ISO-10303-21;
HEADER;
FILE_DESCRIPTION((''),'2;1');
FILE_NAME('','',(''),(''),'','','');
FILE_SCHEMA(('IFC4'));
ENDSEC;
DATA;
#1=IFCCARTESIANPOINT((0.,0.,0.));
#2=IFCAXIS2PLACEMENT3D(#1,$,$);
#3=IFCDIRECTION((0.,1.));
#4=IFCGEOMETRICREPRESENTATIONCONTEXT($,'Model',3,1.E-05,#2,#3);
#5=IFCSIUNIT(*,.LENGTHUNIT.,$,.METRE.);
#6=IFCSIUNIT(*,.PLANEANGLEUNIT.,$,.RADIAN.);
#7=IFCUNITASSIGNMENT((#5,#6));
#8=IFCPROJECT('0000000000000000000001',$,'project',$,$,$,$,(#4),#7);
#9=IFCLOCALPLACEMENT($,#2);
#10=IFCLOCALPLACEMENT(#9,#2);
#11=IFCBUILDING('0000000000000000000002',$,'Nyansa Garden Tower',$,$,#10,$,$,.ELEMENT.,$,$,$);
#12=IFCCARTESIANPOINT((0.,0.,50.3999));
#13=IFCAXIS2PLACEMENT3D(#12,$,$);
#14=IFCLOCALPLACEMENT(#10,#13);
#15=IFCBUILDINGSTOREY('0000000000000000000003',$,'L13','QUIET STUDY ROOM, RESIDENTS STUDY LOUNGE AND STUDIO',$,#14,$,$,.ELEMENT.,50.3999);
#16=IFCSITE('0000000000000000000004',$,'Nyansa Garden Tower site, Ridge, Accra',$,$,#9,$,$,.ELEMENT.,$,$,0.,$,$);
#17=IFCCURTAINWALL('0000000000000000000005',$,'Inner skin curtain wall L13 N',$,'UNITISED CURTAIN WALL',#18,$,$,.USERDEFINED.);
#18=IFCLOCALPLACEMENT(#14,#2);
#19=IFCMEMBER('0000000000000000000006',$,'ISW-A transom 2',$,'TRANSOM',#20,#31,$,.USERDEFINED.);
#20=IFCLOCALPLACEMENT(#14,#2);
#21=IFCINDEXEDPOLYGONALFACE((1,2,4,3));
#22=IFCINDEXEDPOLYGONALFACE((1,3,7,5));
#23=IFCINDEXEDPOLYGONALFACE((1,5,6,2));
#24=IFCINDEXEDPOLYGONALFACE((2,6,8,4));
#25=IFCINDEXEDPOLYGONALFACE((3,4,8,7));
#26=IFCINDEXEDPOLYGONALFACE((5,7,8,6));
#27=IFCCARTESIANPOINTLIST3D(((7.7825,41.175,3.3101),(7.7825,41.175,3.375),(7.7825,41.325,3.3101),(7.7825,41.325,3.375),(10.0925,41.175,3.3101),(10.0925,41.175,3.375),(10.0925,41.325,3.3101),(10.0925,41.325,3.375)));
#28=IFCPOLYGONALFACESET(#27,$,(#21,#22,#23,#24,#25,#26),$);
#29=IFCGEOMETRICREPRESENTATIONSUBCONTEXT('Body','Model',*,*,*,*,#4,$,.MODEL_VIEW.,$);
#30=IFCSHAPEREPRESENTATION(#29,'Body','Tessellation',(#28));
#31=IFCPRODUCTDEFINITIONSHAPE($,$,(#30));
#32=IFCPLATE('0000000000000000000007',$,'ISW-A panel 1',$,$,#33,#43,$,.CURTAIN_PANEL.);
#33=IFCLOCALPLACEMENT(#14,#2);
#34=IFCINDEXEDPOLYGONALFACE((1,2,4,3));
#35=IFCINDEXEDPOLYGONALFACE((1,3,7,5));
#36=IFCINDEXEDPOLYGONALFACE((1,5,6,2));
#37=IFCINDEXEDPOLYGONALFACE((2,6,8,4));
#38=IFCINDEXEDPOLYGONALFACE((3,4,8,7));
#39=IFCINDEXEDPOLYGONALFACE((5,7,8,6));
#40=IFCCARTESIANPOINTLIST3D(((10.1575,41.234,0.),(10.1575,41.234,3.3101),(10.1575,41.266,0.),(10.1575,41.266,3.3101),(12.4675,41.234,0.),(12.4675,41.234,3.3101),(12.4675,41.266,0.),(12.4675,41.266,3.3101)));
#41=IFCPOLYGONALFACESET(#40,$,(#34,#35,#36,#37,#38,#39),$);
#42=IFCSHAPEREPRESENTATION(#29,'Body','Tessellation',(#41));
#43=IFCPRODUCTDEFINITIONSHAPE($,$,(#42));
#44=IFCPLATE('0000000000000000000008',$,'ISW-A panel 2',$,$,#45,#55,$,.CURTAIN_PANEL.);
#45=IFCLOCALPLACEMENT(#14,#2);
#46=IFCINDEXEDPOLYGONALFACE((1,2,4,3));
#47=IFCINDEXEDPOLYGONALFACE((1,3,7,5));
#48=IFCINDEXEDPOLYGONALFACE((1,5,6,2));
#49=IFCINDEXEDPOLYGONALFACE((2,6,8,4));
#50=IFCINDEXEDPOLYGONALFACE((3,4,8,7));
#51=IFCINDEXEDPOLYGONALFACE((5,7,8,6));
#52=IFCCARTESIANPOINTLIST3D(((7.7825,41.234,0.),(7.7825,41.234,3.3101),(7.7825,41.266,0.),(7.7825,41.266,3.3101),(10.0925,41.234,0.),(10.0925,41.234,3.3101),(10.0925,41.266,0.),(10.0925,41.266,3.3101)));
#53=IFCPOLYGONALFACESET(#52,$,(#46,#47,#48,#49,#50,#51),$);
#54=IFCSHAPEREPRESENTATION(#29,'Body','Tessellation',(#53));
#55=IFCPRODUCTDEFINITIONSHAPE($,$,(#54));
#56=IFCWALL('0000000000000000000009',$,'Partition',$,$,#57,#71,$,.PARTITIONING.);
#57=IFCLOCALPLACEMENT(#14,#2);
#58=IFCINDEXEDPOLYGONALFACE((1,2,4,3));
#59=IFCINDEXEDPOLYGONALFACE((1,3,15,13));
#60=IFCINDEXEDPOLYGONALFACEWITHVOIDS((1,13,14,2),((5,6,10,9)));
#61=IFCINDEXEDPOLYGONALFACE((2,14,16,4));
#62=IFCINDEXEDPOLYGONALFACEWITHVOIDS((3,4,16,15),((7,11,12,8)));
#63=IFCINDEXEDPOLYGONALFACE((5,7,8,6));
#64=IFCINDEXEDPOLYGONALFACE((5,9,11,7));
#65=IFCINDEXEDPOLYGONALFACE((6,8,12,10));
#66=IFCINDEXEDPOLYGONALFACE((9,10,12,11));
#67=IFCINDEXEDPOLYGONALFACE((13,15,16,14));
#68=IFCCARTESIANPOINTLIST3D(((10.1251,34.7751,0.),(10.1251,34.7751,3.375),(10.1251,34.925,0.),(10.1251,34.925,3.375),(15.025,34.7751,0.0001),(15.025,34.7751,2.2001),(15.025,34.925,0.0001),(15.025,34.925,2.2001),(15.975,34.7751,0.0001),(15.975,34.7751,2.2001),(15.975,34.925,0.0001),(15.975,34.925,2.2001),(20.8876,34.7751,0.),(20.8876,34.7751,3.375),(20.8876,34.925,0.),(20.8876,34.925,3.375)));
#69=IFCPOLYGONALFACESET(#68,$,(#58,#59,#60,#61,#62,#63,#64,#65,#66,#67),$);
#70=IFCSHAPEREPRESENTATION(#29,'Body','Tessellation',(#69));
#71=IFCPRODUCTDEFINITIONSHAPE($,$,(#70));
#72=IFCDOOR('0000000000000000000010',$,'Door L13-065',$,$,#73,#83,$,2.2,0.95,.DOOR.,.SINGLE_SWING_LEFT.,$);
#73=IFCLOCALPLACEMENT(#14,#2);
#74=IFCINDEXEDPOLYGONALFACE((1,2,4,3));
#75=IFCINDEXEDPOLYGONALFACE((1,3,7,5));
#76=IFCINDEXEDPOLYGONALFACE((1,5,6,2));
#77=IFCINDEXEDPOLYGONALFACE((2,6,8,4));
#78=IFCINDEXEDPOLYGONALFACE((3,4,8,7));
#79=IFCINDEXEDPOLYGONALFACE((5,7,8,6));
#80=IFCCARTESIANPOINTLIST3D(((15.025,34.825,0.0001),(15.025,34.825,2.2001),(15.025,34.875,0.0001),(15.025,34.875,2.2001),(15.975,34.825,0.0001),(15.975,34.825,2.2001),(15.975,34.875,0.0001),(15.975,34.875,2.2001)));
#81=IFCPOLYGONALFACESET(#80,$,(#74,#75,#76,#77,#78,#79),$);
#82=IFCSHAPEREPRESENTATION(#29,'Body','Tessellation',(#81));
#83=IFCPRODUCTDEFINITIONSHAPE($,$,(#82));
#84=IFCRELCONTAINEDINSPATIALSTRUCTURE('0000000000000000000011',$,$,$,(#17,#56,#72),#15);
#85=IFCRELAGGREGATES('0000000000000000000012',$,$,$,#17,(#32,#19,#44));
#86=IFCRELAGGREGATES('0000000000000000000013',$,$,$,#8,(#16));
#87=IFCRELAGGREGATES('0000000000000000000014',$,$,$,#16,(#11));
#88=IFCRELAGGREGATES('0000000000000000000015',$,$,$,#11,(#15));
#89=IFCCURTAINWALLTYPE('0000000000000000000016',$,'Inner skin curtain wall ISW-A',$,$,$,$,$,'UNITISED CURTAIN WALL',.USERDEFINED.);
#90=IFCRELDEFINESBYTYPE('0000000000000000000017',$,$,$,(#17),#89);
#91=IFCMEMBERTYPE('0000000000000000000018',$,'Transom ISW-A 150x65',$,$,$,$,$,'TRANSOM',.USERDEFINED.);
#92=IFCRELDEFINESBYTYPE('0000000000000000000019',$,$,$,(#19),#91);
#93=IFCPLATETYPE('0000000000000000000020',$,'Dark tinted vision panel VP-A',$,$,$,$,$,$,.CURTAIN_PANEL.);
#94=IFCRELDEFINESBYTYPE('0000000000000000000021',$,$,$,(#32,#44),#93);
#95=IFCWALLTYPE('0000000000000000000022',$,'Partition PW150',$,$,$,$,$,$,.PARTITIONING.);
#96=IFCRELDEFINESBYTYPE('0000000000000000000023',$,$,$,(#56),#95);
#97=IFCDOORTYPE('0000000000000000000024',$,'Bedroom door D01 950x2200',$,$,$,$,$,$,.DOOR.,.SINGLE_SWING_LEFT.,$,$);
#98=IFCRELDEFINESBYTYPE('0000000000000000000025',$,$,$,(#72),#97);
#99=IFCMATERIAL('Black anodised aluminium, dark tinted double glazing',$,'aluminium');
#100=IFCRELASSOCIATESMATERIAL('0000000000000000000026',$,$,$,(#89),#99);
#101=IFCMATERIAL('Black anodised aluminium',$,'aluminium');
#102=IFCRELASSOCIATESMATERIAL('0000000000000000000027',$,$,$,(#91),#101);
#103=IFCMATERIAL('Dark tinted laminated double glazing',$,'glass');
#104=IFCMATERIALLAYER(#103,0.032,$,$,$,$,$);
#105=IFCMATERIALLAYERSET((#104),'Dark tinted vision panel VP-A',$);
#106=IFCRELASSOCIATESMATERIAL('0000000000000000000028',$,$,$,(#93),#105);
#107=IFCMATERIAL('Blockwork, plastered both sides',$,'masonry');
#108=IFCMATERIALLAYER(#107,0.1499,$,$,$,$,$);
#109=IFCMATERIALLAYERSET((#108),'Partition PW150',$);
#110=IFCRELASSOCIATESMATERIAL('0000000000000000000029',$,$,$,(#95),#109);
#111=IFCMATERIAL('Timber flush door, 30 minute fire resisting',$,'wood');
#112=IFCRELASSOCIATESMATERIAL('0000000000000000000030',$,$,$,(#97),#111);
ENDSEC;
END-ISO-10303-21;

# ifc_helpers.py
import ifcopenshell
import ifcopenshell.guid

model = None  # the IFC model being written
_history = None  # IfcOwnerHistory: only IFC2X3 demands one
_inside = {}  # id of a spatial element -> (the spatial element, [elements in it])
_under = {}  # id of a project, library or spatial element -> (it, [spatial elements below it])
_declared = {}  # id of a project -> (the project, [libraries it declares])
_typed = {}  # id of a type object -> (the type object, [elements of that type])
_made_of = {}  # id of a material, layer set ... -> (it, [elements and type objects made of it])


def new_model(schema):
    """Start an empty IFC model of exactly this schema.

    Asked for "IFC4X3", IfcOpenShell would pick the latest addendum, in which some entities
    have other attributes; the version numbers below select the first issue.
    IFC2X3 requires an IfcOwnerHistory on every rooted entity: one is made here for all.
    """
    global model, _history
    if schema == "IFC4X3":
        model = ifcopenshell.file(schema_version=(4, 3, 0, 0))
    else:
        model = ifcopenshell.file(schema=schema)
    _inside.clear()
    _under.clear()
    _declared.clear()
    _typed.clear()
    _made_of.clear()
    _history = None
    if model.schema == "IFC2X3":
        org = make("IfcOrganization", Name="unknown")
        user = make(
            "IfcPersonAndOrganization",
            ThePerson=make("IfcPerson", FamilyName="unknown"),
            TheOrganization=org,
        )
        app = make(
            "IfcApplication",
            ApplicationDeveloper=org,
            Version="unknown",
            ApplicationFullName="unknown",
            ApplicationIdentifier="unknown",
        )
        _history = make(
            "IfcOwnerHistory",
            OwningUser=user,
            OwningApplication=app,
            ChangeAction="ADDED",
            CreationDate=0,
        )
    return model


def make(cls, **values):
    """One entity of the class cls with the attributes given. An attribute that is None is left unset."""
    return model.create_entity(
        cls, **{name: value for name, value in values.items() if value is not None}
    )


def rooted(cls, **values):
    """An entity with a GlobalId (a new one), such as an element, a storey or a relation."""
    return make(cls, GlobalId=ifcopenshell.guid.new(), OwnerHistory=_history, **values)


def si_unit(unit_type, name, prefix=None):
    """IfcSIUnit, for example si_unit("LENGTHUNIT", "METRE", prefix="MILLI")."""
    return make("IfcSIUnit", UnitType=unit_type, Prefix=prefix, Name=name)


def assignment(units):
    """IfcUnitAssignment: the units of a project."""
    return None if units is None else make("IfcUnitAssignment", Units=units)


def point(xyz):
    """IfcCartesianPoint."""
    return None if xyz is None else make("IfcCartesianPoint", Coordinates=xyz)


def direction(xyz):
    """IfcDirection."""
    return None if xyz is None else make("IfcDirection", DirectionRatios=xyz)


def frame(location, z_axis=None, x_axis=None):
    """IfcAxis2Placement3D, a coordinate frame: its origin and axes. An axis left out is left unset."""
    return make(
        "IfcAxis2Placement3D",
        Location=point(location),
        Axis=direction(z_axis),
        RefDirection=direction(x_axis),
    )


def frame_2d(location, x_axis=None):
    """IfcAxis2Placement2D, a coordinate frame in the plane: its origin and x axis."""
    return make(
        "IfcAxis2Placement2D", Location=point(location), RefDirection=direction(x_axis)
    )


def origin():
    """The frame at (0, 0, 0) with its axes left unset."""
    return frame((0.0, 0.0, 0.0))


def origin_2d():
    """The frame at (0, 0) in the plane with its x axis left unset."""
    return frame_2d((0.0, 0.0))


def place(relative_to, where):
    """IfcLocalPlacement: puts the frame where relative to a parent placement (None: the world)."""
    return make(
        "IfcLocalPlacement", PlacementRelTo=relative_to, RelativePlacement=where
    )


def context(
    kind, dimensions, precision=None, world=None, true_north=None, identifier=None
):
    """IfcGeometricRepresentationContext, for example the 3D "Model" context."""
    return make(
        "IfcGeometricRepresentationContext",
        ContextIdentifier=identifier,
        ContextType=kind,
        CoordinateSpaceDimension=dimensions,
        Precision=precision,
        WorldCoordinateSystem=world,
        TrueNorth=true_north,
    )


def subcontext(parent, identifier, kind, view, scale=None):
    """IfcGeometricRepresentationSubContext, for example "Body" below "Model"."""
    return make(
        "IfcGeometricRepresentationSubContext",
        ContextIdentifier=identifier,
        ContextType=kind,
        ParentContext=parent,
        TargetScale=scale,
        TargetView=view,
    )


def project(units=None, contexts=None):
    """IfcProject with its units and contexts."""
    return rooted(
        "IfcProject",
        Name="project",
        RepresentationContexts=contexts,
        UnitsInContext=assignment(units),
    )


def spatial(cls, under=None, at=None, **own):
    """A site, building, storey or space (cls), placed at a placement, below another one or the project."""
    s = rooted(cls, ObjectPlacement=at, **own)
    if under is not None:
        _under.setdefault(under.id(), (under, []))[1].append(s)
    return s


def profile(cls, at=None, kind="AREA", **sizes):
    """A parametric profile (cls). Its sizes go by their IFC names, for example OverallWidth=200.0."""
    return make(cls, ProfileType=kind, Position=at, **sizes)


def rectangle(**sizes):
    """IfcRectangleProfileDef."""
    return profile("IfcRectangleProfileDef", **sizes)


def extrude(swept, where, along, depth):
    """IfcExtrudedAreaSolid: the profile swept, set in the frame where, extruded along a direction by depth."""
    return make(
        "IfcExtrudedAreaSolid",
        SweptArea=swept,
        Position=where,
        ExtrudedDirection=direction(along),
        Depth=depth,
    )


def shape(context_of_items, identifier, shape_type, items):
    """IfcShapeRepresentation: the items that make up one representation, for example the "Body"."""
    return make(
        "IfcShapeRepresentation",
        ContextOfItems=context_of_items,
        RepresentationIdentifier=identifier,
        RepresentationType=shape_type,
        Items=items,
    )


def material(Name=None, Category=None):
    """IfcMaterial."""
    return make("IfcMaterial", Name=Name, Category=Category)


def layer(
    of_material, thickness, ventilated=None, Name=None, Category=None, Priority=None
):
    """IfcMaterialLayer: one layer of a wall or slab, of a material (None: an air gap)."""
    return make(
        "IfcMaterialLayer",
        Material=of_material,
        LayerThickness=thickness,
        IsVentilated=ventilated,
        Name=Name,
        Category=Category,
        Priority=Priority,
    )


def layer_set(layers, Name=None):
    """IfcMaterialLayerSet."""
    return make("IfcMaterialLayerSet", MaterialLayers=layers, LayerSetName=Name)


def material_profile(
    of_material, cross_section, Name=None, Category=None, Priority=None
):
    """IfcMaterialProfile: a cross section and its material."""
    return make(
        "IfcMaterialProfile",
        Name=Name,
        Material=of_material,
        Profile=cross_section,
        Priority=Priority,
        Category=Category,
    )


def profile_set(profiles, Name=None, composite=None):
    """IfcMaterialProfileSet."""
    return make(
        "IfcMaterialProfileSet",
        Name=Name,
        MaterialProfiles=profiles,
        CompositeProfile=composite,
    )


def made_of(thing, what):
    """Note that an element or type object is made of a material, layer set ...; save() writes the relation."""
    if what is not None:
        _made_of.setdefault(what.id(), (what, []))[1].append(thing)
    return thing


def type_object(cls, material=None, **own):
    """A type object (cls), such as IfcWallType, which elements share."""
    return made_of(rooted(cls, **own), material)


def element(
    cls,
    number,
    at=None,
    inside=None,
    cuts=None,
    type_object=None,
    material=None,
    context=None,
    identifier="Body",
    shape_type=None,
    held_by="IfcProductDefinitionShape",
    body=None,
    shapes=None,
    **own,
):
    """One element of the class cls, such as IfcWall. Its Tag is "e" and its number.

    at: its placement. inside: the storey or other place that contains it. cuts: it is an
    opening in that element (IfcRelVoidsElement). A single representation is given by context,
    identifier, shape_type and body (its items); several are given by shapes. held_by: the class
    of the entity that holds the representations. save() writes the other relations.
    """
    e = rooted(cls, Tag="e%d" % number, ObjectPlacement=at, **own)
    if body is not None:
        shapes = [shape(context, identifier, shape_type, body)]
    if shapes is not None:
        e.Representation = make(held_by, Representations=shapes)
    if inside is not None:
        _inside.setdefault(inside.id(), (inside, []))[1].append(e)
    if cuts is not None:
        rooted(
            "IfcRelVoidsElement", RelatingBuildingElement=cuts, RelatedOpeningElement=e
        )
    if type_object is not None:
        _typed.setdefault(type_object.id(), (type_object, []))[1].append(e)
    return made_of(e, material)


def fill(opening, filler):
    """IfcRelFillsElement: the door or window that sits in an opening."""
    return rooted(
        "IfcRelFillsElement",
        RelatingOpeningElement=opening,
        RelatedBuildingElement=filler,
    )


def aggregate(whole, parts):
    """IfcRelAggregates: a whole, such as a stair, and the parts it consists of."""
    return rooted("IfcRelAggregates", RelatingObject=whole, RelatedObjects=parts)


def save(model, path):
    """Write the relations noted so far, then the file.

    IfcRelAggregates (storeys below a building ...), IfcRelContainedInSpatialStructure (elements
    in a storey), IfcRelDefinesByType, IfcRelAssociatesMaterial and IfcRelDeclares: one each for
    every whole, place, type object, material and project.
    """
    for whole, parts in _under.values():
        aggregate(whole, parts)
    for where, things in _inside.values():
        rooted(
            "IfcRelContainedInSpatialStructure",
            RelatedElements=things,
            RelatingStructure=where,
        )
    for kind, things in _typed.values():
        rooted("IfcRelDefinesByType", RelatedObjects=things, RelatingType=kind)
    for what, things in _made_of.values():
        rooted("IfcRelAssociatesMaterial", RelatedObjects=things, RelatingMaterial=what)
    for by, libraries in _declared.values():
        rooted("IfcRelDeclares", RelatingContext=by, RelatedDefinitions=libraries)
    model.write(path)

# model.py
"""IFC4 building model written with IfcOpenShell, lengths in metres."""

from ifc_helpers import new_model, si_unit, direction, frame, frame_2d, origin, origin_2d, place, context, subcontext, project, spatial, rectangle, extrude, material, layer, layer_set, material_profile, profile_set, type_object, element, fill, aggregate, save


model = new_model("IFC4")

# Units and contexts
model_context = context("Model", 3, precision=1e-05, world=origin(), true_north=direction((0.0, 1.0)))
body_context = subcontext(model_context, "Body", "Model", "MODEL_VIEW")
ifc_project = project(units=[si_unit("LENGTHUNIT", "METRE"), si_unit("PLANEANGLEUNIT", "RADIAN")], contexts=[model_context])

# Site, building, storey
site_placement = place(None, origin())
site = spatial("IfcSite", under=ifc_project, at=site_placement, Name="Nyansa Garden Tower site, Ridge, Accra", CompositionType="ELEMENT", RefElevation=0.0)
building_placement = place(site_placement, origin())
building = spatial("IfcBuilding", under=site, at=building_placement, Name="Nyansa Garden Tower", CompositionType="ELEMENT")
storey_placement = place(building_placement, frame((0.0, 0.0, 50.3999)))
storey = spatial("IfcBuildingStorey", under=building, at=storey_placement, Name="L13", Description="QUIET STUDY ROOM, RESIDENTS STUDY LOUNGE AND STUDIO", CompositionType="ELEMENT", Elevation=50.3999)

# Curtain wall
ifc_material_1 = material(Name="Black anodised aluminium, dark tinted double glazing", Category="aluminium")
curtain_wall_type = type_object("IfcCurtainWallType", Name="Inner skin curtain wall ISW-A", ElementType="UNITISED CURTAIN WALL", PredefinedType="USERDEFINED", material=ifc_material_1)
curtain_wall_placement = place(storey_placement, origin())
curtain_wall = element("IfcCurtainWall", 1, at=curtain_wall_placement, inside=storey, type_object=curtain_wall_type, Name="Inner skin curtain wall L13 N", ObjectType="UNITISED CURTAIN WALL", PredefinedType="USERDEFINED")

# Member
ifc_material_2 = material(Name="Black anodised aluminium", Category="aluminium")
ifc_material_profile_1 = material_profile(ifc_material_2, rectangle(XDim=0.1499, YDim=0.0649, at=origin_2d()), Name="Transom 150x65")
ifc_profile_set_1 = profile_set([ifc_material_profile_1], Name="Black anodised aluminium")
member_type_1 = type_object("IfcMemberType", Name="Transom ISW-A 150x65", ElementType="TRANSOM", PredefinedType="USERDEFINED", material=ifc_profile_set_1)
member_1_placement = place(storey_placement, frame((10.0925, 41.25, 3.3425), z_axis=(-1.0, 0.0, 0.0), x_axis=(0.0, -1.0, 0.0)))
member_1 = element("IfcMember", 2, at=member_1_placement, type_object=member_type_1, Name="ISW-A transom 2", ObjectType="TRANSOM", PredefinedType="USERDEFINED", context=body_context, shape_type="SweptSolid", body=[
    extrude(rectangle(XDim=0.1499, YDim=0.0649, at=origin_2d()), origin(), (0.0, 0.0, 1.0), 2.3101),
])

# Plates
ifc_material_3 = material(Name="Dark tinted laminated double glazing", Category="glass")
ifc_layer_1 = layer(ifc_material_3, 0.032)
ifc_layer_set_1 = layer_set([ifc_layer_1], Name="Dark tinted vision panel VP-A")
plate_type = type_object("IfcPlateType", Name="Dark tinted vision panel VP-A", PredefinedType="CURTAIN_PANEL", material=ifc_layer_set_1)
plate_1_placement = place(storey_placement, frame((11.3125, 41.25, 0.0), z_axis=(0.0, 0.0, 1.0), x_axis=(-1.0, 0.0, 0.0)))
plate_1 = element("IfcPlate", 3, at=plate_1_placement, type_object=plate_type, Name="ISW-A panel 1", PredefinedType="CURTAIN_PANEL", context=body_context, shape_type="SweptSolid", body=[
    extrude(rectangle(XDim=2.3101, YDim=0.032, at=origin_2d()), origin(), (0.0, 0.0, 1.0), 3.3101),
])
plate_2_placement = place(storey_placement, frame((8.9375, 41.25, 0.0), z_axis=(0.0, 0.0, 1.0), x_axis=(-1.0, 0.0, 0.0)))
plate_2 = element("IfcPlate", 4, at=plate_2_placement, type_object=plate_type, Name="ISW-A panel 2", PredefinedType="CURTAIN_PANEL", context=body_context, shape_type="SweptSolid", body=[
    extrude(rectangle(XDim=2.3101, YDim=0.032, at=origin_2d()), origin(), (0.0, 0.0, 1.0), 3.3101),
])
aggregate(curtain_wall, [plate_1, member_1, plate_2])

# Wall, opening, door
ifc_material_4 = material(Name="Blockwork, plastered both sides", Category="masonry")
ifc_layer_2 = layer(ifc_material_4, 0.1499)
ifc_layer_set_2 = layer_set([ifc_layer_2], Name="Partition PW150")
wall_type_1 = type_object("IfcWallType", Name="Partition PW150", PredefinedType="PARTITIONING", material=ifc_layer_set_2)
wall_1_placement = place(storey_placement, frame((10.125, 34.8501, 0.0), z_axis=(0.0, 0.0, 1.0), x_axis=(1.0, 0.0, 0.0)))
wall_1 = element("IfcWall", 5, at=wall_1_placement, inside=storey, type_object=wall_type_1, Name="Partition", PredefinedType="PARTITIONING", context=body_context, shape_type="SweptSolid", body=[
    extrude(rectangle(XDim=10.7625, YDim=0.1499, at=frame_2d((5.3813, 0.0))), origin(), (0.0, 0.0, 1.0), 3.375),
])
opening_1_placement = place(wall_1_placement, frame((4.8999, 0.0, 0.0)))
opening_1 = element("IfcOpeningElement", 6, at=opening_1_placement, cuts=wall_1, PredefinedType="OPENING", context=body_context, shape_type="SweptSolid", body=[
    extrude(rectangle(XDim=0.95, YDim=2.2, at=frame_2d((0.4751, 1.1001))), frame((0.0, 0.085, 0.0), z_axis=(0.0, -1.0, 0.0), x_axis=(1.0, 0.0, 0.0)), (0.0, 0.0, 1.0), 0.1699),
])
ifc_material_5 = material(Name="Timber flush door, 30 minute fire resisting", Category="wood")
door_type_1 = type_object("IfcDoorType", Name="Bedroom door D01 950x2200", OperationType="SINGLE_SWING_LEFT", PredefinedType="DOOR", material=ifc_material_5)
door_1_placement = place(opening_1_placement, origin())
door_1 = element("IfcDoor", 7, at=door_1_placement, inside=storey, type_object=door_type_1, Name="Door L13-065", OperationType="SINGLE_SWING_LEFT", OverallHeight=2.2, OverallWidth=0.95, PredefinedType="DOOR", context=body_context, shape_type="SweptSolid", body=[
    extrude(rectangle(XDim=0.95, YDim=2.2, at=frame_2d((0.4751, 1.1001))), frame((0.0, 0.0249, 0.0), z_axis=(0.0, -1.0, 0.0), x_axis=(1.0, 0.0, 0.0)), (0.0, 0.0, 1.0), 0.05),
])
fill(opening_1, door_1)

save(model, "model.ifc")
